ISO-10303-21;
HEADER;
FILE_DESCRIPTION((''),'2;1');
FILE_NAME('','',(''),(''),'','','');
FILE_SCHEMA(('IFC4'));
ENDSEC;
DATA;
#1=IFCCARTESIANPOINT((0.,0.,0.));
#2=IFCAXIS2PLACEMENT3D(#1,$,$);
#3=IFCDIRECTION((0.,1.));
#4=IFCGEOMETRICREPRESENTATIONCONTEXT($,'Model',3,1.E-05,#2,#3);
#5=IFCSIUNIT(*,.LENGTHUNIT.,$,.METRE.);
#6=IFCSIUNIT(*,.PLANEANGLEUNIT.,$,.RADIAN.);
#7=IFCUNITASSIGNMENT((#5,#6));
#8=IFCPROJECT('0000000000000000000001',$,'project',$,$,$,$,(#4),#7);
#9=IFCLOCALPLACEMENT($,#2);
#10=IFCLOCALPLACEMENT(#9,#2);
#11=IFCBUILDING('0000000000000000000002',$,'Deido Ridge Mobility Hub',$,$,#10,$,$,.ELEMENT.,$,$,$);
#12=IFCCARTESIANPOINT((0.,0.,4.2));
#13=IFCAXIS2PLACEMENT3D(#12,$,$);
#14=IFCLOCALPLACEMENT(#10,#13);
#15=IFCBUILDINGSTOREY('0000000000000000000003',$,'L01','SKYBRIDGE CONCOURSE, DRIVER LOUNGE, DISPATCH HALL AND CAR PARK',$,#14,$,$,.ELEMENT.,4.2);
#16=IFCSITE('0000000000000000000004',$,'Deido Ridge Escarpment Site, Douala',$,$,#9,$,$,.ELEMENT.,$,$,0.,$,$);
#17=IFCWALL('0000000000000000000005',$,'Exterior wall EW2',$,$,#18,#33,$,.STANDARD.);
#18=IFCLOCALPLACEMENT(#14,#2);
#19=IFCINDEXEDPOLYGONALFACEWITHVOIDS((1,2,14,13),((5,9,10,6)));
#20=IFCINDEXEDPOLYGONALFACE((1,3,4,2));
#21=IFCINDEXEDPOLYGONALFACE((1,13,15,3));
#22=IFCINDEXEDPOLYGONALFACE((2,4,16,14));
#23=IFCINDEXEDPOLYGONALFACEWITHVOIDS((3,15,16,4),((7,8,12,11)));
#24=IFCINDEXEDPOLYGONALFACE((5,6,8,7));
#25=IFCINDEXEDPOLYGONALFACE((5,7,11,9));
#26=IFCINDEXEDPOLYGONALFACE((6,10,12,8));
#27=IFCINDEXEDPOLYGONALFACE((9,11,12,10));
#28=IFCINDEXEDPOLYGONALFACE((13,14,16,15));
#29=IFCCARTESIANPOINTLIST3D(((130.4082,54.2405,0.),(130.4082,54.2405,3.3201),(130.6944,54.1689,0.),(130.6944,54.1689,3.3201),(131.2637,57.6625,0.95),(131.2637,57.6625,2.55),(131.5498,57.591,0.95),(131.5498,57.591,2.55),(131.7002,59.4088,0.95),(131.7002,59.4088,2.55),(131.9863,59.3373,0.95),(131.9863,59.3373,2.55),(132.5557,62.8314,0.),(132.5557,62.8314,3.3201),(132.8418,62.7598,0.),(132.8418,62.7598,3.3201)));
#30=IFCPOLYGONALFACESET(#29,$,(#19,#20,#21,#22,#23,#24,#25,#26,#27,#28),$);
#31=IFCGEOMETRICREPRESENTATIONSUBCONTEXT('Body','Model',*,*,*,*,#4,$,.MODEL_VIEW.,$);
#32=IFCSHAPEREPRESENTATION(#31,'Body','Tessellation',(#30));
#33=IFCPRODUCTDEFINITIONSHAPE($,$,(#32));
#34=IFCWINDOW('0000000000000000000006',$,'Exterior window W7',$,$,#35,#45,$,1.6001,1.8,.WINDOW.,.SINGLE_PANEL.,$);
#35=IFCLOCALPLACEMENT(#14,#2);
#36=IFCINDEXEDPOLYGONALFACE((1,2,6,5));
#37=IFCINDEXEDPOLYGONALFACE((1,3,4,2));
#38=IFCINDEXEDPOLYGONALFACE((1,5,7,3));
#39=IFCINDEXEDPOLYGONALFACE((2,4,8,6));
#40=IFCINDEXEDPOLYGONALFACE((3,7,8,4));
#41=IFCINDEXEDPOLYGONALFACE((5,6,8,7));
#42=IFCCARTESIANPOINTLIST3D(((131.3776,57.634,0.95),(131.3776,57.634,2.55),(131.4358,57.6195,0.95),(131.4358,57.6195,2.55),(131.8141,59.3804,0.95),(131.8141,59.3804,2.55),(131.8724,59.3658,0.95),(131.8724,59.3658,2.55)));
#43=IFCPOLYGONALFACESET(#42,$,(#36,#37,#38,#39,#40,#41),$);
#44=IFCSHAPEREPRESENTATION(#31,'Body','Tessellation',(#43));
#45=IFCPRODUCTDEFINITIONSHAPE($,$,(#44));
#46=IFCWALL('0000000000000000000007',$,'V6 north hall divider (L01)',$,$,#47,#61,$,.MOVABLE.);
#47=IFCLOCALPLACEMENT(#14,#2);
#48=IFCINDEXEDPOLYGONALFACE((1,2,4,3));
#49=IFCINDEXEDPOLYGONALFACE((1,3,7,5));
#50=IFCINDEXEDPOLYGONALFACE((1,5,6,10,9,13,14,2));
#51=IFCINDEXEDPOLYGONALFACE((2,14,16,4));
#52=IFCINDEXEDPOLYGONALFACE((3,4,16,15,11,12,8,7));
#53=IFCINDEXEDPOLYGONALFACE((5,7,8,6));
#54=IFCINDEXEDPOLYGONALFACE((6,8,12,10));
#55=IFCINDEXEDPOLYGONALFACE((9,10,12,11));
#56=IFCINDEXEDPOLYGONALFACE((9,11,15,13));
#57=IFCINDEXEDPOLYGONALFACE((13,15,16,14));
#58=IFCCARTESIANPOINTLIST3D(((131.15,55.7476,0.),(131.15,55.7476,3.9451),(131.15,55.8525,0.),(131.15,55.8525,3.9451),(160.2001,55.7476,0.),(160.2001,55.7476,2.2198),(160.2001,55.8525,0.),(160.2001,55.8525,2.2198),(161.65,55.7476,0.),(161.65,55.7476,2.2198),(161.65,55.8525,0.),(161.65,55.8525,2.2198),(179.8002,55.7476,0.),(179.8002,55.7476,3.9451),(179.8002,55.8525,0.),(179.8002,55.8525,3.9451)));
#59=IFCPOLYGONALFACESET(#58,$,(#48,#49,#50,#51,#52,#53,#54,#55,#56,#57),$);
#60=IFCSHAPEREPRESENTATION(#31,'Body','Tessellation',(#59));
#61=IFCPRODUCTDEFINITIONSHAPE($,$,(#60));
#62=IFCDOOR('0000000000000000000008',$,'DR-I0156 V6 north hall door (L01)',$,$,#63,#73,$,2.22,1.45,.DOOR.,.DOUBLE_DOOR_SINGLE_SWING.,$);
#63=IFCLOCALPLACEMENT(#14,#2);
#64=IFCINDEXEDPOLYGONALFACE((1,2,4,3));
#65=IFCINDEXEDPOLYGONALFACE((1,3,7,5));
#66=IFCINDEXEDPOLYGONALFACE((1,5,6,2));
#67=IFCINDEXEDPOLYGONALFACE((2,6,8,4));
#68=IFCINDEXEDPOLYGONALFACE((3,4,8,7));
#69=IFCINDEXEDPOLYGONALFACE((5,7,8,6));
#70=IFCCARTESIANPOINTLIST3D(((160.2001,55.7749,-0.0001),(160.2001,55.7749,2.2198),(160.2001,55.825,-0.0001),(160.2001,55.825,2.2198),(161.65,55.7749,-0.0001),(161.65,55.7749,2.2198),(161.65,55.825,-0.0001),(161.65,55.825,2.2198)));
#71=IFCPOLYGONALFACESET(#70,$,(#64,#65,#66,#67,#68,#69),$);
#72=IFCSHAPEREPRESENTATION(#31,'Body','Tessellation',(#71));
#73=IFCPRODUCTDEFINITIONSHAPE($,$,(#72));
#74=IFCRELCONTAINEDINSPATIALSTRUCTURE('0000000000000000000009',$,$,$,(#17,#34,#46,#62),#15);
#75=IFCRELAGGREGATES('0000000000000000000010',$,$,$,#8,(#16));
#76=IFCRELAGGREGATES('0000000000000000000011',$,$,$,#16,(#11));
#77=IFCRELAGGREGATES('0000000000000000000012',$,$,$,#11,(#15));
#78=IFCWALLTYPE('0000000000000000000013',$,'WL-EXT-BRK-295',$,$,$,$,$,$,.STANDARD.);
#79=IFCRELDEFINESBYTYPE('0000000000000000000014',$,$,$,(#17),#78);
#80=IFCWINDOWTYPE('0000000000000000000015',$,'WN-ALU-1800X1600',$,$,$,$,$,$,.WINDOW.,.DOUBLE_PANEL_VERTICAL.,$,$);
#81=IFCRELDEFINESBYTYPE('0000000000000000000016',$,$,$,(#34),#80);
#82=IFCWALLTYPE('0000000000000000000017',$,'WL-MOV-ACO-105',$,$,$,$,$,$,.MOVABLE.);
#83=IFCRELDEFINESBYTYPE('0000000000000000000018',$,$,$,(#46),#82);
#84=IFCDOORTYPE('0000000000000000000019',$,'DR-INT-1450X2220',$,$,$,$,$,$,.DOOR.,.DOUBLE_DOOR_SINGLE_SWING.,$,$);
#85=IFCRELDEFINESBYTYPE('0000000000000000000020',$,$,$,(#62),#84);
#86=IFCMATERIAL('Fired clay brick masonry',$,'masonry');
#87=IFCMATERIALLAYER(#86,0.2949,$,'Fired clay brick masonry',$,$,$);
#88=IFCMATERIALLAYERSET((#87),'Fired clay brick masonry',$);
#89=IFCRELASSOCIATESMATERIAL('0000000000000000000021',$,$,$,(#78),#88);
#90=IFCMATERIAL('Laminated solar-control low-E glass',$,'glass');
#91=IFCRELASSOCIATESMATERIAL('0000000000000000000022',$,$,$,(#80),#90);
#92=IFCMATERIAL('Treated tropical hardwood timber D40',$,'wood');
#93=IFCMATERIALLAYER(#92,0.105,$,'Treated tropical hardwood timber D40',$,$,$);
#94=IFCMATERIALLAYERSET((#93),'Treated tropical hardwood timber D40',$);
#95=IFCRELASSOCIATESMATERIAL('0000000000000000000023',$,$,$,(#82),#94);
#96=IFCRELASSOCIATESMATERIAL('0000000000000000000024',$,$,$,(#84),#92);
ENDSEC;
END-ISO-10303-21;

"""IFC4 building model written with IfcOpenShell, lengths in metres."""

from ifc_helpers import new_model, si_unit, direction, frame, frame_2d, origin, place, context, subcontext, project, spatial, rectangle, extrude, material, layer, layer_set, type_object, element, fill, save


model = new_model("IFC4")

# Units and contexts
model_context = context("Model", 3, precision=1e-05, world=origin(), true_north=direction((0.0, 1.0)))
body_context = subcontext(model_context, "Body", "Model", "MODEL_VIEW")
ifc_project = project(units=[si_unit("LENGTHUNIT", "METRE"), si_unit("PLANEANGLEUNIT", "RADIAN")], contexts=[model_context])

# Site, building, storey
site_placement = place(None, origin())
site = spatial("IfcSite", under=ifc_project, at=site_placement, Name="Deido Ridge Escarpment Site, Douala", CompositionType="ELEMENT", RefElevation=0.0)
building_placement = place(site_placement, origin())
building = spatial("IfcBuilding", under=site, at=building_placement, Name="Deido Ridge Mobility Hub", CompositionType="ELEMENT")
storey_placement = place(building_placement, frame((0.0, 0.0, 4.2)))
storey = spatial("IfcBuildingStorey", under=building, at=storey_placement, Name="L01", Description="SKYBRIDGE CONCOURSE, DRIVER LOUNGE, DISPATCH HALL AND CAR PARK", CompositionType="ELEMENT", Elevation=4.2)

# Shared definitions
ifc_material_1 = material(Name="Laminated solar-control low-E glass", Category="glass")

# Wall, opening, window
ifc_material_2 = material(Name="Fired clay brick masonry", Category="masonry")
ifc_layer_1 = layer(ifc_material_2, 0.2949, Name="Fired clay brick masonry")
ifc_layer_set_1 = layer_set([ifc_layer_1], Name="Fired clay brick masonry")
wall_type_1 = type_object("IfcWallType", Name="WL-EXT-BRK-295", PredefinedType="STANDARD", material=ifc_layer_set_1)
wall_1_placement = place(storey_placement, frame((130.5513, 54.2046, 0.0), z_axis=(0.0, 0.0, 1.0), x_axis=(0.24251, 0.970149, 0.0)))
wall_1 = element("IfcWall", 1, at=wall_1_placement, inside=storey, type_object=wall_type_1, Name="Exterior wall EW2", PredefinedType="STANDARD", context=body_context, shape_type="SweptSolid", body=[
    extrude(rectangle(XDim=8.8552, YDim=0.2949, at=frame_2d((4.4277, 0.0))), origin(), (0.0, 0.0, 1.0), 3.3201),
])
opening_1_placement = place(wall_1_placement, frame((3.5276, 0.0, 0.95)))
opening_1 = element("IfcOpeningElement", 2, at=opening_1_placement, cuts=wall_1, PredefinedType="OPENING", context=body_context, shape_type="SweptSolid", body=[
    extrude(rectangle(XDim=1.8, YDim=1.6001, at=frame_2d((0.8999, 0.8))), frame((0.0, 0.1575, 0.0), z_axis=(0.0, -1.0, 0.0), x_axis=(1.0, 0.0, 0.0)), (0.0, 0.0, 1.0), 0.3149),
])
window_type = type_object("IfcWindowType", Name="WN-ALU-1800X1600", PartitioningType="DOUBLE_PANEL_VERTICAL", PredefinedType="WINDOW", material=ifc_material_1)
window_placement = place(opening_1_placement, origin())
window = element("IfcWindow", 3, at=window_placement, inside=storey, type_object=window_type, Name="Exterior window W7", OverallHeight=1.6001, OverallWidth=1.8, PartitioningType="SINGLE_PANEL", PredefinedType="WINDOW", context=body_context, shape_type="SweptSolid", body=[
    extrude(rectangle(XDim=1.8, YDim=1.6001, at=frame_2d((0.8999, 0.8))), frame((0.0, 0.03, 0.0), z_axis=(0.0, -1.0, 0.0), x_axis=(1.0, 0.0, 0.0)), (0.0, 0.0, 1.0), 0.0601),
])
fill(opening_1, window)

# Wall, opening, door
ifc_material_3 = material(Name="Treated tropical hardwood timber D40", Category="wood")
ifc_layer_2 = layer(ifc_material_3, 0.105, Name="Treated tropical hardwood timber D40")
ifc_layer_set_2 = layer_set([ifc_layer_2], Name="Treated tropical hardwood timber D40")
wall_type_2 = type_object("IfcWallType", Name="WL-MOV-ACO-105", PredefinedType="MOVABLE", material=ifc_layer_set_2)
wall_2_placement = place(storey_placement, frame((131.1499, 55.8, 0.0), z_axis=(0.0, 0.0, 1.0), x_axis=(1.0, 0.0, 0.0)))
wall_2 = element("IfcWall", 4, at=wall_2_placement, inside=storey, type_object=wall_type_2, Name="V6 north hall divider (L01)", PredefinedType="MOVABLE", context=body_context, shape_type="SweptSolid", body=[
    extrude(rectangle(XDim=48.6501, YDim=0.105, at=frame_2d((24.3252, 0.0))), origin(), (0.0, 0.0, 1.0), 3.9451),
])
opening_2_placement = place(wall_2_placement, frame((29.05, 0.0, 0.0)))
opening_2 = element("IfcOpeningElement", 5, at=opening_2_placement, cuts=wall_2, PredefinedType="OPENING", context=body_context, shape_type="SweptSolid", body=[
    extrude(rectangle(XDim=1.45, YDim=2.22, at=frame_2d((0.7251, 1.1099))), frame((0.0, 0.0625, 0.0), z_axis=(0.0, -1.0, 0.0), x_axis=(1.0, 0.0, 0.0)), (0.0, 0.0, 1.0), 0.125),
])
door_type = type_object("IfcDoorType", Name="DR-INT-1450X2220", OperationType="DOUBLE_DOOR_SINGLE_SWING", PredefinedType="DOOR", material=ifc_material_3)
door_placement = place(opening_2_placement, origin())
door = element("IfcDoor", 6, at=door_placement, inside=storey, type_object=door_type, Name="DR-I0156 V6 north hall door (L01)", OperationType="DOUBLE_DOOR_SINGLE_SWING", OverallHeight=2.22, OverallWidth=1.45, PredefinedType="DOOR", context=body_context, shape_type="SweptSolid", body=[
    extrude(rectangle(XDim=1.45, YDim=2.22, at=frame_2d((0.7251, 1.1099))), frame((0.0, 0.0249, 0.0), z_axis=(0.0, -1.0, 0.0), x_axis=(1.0, 0.0, 0.0)), (0.0, 0.0, 1.0), 0.05),
])
fill(opening_2, door)

save(model, "model.ifc")
